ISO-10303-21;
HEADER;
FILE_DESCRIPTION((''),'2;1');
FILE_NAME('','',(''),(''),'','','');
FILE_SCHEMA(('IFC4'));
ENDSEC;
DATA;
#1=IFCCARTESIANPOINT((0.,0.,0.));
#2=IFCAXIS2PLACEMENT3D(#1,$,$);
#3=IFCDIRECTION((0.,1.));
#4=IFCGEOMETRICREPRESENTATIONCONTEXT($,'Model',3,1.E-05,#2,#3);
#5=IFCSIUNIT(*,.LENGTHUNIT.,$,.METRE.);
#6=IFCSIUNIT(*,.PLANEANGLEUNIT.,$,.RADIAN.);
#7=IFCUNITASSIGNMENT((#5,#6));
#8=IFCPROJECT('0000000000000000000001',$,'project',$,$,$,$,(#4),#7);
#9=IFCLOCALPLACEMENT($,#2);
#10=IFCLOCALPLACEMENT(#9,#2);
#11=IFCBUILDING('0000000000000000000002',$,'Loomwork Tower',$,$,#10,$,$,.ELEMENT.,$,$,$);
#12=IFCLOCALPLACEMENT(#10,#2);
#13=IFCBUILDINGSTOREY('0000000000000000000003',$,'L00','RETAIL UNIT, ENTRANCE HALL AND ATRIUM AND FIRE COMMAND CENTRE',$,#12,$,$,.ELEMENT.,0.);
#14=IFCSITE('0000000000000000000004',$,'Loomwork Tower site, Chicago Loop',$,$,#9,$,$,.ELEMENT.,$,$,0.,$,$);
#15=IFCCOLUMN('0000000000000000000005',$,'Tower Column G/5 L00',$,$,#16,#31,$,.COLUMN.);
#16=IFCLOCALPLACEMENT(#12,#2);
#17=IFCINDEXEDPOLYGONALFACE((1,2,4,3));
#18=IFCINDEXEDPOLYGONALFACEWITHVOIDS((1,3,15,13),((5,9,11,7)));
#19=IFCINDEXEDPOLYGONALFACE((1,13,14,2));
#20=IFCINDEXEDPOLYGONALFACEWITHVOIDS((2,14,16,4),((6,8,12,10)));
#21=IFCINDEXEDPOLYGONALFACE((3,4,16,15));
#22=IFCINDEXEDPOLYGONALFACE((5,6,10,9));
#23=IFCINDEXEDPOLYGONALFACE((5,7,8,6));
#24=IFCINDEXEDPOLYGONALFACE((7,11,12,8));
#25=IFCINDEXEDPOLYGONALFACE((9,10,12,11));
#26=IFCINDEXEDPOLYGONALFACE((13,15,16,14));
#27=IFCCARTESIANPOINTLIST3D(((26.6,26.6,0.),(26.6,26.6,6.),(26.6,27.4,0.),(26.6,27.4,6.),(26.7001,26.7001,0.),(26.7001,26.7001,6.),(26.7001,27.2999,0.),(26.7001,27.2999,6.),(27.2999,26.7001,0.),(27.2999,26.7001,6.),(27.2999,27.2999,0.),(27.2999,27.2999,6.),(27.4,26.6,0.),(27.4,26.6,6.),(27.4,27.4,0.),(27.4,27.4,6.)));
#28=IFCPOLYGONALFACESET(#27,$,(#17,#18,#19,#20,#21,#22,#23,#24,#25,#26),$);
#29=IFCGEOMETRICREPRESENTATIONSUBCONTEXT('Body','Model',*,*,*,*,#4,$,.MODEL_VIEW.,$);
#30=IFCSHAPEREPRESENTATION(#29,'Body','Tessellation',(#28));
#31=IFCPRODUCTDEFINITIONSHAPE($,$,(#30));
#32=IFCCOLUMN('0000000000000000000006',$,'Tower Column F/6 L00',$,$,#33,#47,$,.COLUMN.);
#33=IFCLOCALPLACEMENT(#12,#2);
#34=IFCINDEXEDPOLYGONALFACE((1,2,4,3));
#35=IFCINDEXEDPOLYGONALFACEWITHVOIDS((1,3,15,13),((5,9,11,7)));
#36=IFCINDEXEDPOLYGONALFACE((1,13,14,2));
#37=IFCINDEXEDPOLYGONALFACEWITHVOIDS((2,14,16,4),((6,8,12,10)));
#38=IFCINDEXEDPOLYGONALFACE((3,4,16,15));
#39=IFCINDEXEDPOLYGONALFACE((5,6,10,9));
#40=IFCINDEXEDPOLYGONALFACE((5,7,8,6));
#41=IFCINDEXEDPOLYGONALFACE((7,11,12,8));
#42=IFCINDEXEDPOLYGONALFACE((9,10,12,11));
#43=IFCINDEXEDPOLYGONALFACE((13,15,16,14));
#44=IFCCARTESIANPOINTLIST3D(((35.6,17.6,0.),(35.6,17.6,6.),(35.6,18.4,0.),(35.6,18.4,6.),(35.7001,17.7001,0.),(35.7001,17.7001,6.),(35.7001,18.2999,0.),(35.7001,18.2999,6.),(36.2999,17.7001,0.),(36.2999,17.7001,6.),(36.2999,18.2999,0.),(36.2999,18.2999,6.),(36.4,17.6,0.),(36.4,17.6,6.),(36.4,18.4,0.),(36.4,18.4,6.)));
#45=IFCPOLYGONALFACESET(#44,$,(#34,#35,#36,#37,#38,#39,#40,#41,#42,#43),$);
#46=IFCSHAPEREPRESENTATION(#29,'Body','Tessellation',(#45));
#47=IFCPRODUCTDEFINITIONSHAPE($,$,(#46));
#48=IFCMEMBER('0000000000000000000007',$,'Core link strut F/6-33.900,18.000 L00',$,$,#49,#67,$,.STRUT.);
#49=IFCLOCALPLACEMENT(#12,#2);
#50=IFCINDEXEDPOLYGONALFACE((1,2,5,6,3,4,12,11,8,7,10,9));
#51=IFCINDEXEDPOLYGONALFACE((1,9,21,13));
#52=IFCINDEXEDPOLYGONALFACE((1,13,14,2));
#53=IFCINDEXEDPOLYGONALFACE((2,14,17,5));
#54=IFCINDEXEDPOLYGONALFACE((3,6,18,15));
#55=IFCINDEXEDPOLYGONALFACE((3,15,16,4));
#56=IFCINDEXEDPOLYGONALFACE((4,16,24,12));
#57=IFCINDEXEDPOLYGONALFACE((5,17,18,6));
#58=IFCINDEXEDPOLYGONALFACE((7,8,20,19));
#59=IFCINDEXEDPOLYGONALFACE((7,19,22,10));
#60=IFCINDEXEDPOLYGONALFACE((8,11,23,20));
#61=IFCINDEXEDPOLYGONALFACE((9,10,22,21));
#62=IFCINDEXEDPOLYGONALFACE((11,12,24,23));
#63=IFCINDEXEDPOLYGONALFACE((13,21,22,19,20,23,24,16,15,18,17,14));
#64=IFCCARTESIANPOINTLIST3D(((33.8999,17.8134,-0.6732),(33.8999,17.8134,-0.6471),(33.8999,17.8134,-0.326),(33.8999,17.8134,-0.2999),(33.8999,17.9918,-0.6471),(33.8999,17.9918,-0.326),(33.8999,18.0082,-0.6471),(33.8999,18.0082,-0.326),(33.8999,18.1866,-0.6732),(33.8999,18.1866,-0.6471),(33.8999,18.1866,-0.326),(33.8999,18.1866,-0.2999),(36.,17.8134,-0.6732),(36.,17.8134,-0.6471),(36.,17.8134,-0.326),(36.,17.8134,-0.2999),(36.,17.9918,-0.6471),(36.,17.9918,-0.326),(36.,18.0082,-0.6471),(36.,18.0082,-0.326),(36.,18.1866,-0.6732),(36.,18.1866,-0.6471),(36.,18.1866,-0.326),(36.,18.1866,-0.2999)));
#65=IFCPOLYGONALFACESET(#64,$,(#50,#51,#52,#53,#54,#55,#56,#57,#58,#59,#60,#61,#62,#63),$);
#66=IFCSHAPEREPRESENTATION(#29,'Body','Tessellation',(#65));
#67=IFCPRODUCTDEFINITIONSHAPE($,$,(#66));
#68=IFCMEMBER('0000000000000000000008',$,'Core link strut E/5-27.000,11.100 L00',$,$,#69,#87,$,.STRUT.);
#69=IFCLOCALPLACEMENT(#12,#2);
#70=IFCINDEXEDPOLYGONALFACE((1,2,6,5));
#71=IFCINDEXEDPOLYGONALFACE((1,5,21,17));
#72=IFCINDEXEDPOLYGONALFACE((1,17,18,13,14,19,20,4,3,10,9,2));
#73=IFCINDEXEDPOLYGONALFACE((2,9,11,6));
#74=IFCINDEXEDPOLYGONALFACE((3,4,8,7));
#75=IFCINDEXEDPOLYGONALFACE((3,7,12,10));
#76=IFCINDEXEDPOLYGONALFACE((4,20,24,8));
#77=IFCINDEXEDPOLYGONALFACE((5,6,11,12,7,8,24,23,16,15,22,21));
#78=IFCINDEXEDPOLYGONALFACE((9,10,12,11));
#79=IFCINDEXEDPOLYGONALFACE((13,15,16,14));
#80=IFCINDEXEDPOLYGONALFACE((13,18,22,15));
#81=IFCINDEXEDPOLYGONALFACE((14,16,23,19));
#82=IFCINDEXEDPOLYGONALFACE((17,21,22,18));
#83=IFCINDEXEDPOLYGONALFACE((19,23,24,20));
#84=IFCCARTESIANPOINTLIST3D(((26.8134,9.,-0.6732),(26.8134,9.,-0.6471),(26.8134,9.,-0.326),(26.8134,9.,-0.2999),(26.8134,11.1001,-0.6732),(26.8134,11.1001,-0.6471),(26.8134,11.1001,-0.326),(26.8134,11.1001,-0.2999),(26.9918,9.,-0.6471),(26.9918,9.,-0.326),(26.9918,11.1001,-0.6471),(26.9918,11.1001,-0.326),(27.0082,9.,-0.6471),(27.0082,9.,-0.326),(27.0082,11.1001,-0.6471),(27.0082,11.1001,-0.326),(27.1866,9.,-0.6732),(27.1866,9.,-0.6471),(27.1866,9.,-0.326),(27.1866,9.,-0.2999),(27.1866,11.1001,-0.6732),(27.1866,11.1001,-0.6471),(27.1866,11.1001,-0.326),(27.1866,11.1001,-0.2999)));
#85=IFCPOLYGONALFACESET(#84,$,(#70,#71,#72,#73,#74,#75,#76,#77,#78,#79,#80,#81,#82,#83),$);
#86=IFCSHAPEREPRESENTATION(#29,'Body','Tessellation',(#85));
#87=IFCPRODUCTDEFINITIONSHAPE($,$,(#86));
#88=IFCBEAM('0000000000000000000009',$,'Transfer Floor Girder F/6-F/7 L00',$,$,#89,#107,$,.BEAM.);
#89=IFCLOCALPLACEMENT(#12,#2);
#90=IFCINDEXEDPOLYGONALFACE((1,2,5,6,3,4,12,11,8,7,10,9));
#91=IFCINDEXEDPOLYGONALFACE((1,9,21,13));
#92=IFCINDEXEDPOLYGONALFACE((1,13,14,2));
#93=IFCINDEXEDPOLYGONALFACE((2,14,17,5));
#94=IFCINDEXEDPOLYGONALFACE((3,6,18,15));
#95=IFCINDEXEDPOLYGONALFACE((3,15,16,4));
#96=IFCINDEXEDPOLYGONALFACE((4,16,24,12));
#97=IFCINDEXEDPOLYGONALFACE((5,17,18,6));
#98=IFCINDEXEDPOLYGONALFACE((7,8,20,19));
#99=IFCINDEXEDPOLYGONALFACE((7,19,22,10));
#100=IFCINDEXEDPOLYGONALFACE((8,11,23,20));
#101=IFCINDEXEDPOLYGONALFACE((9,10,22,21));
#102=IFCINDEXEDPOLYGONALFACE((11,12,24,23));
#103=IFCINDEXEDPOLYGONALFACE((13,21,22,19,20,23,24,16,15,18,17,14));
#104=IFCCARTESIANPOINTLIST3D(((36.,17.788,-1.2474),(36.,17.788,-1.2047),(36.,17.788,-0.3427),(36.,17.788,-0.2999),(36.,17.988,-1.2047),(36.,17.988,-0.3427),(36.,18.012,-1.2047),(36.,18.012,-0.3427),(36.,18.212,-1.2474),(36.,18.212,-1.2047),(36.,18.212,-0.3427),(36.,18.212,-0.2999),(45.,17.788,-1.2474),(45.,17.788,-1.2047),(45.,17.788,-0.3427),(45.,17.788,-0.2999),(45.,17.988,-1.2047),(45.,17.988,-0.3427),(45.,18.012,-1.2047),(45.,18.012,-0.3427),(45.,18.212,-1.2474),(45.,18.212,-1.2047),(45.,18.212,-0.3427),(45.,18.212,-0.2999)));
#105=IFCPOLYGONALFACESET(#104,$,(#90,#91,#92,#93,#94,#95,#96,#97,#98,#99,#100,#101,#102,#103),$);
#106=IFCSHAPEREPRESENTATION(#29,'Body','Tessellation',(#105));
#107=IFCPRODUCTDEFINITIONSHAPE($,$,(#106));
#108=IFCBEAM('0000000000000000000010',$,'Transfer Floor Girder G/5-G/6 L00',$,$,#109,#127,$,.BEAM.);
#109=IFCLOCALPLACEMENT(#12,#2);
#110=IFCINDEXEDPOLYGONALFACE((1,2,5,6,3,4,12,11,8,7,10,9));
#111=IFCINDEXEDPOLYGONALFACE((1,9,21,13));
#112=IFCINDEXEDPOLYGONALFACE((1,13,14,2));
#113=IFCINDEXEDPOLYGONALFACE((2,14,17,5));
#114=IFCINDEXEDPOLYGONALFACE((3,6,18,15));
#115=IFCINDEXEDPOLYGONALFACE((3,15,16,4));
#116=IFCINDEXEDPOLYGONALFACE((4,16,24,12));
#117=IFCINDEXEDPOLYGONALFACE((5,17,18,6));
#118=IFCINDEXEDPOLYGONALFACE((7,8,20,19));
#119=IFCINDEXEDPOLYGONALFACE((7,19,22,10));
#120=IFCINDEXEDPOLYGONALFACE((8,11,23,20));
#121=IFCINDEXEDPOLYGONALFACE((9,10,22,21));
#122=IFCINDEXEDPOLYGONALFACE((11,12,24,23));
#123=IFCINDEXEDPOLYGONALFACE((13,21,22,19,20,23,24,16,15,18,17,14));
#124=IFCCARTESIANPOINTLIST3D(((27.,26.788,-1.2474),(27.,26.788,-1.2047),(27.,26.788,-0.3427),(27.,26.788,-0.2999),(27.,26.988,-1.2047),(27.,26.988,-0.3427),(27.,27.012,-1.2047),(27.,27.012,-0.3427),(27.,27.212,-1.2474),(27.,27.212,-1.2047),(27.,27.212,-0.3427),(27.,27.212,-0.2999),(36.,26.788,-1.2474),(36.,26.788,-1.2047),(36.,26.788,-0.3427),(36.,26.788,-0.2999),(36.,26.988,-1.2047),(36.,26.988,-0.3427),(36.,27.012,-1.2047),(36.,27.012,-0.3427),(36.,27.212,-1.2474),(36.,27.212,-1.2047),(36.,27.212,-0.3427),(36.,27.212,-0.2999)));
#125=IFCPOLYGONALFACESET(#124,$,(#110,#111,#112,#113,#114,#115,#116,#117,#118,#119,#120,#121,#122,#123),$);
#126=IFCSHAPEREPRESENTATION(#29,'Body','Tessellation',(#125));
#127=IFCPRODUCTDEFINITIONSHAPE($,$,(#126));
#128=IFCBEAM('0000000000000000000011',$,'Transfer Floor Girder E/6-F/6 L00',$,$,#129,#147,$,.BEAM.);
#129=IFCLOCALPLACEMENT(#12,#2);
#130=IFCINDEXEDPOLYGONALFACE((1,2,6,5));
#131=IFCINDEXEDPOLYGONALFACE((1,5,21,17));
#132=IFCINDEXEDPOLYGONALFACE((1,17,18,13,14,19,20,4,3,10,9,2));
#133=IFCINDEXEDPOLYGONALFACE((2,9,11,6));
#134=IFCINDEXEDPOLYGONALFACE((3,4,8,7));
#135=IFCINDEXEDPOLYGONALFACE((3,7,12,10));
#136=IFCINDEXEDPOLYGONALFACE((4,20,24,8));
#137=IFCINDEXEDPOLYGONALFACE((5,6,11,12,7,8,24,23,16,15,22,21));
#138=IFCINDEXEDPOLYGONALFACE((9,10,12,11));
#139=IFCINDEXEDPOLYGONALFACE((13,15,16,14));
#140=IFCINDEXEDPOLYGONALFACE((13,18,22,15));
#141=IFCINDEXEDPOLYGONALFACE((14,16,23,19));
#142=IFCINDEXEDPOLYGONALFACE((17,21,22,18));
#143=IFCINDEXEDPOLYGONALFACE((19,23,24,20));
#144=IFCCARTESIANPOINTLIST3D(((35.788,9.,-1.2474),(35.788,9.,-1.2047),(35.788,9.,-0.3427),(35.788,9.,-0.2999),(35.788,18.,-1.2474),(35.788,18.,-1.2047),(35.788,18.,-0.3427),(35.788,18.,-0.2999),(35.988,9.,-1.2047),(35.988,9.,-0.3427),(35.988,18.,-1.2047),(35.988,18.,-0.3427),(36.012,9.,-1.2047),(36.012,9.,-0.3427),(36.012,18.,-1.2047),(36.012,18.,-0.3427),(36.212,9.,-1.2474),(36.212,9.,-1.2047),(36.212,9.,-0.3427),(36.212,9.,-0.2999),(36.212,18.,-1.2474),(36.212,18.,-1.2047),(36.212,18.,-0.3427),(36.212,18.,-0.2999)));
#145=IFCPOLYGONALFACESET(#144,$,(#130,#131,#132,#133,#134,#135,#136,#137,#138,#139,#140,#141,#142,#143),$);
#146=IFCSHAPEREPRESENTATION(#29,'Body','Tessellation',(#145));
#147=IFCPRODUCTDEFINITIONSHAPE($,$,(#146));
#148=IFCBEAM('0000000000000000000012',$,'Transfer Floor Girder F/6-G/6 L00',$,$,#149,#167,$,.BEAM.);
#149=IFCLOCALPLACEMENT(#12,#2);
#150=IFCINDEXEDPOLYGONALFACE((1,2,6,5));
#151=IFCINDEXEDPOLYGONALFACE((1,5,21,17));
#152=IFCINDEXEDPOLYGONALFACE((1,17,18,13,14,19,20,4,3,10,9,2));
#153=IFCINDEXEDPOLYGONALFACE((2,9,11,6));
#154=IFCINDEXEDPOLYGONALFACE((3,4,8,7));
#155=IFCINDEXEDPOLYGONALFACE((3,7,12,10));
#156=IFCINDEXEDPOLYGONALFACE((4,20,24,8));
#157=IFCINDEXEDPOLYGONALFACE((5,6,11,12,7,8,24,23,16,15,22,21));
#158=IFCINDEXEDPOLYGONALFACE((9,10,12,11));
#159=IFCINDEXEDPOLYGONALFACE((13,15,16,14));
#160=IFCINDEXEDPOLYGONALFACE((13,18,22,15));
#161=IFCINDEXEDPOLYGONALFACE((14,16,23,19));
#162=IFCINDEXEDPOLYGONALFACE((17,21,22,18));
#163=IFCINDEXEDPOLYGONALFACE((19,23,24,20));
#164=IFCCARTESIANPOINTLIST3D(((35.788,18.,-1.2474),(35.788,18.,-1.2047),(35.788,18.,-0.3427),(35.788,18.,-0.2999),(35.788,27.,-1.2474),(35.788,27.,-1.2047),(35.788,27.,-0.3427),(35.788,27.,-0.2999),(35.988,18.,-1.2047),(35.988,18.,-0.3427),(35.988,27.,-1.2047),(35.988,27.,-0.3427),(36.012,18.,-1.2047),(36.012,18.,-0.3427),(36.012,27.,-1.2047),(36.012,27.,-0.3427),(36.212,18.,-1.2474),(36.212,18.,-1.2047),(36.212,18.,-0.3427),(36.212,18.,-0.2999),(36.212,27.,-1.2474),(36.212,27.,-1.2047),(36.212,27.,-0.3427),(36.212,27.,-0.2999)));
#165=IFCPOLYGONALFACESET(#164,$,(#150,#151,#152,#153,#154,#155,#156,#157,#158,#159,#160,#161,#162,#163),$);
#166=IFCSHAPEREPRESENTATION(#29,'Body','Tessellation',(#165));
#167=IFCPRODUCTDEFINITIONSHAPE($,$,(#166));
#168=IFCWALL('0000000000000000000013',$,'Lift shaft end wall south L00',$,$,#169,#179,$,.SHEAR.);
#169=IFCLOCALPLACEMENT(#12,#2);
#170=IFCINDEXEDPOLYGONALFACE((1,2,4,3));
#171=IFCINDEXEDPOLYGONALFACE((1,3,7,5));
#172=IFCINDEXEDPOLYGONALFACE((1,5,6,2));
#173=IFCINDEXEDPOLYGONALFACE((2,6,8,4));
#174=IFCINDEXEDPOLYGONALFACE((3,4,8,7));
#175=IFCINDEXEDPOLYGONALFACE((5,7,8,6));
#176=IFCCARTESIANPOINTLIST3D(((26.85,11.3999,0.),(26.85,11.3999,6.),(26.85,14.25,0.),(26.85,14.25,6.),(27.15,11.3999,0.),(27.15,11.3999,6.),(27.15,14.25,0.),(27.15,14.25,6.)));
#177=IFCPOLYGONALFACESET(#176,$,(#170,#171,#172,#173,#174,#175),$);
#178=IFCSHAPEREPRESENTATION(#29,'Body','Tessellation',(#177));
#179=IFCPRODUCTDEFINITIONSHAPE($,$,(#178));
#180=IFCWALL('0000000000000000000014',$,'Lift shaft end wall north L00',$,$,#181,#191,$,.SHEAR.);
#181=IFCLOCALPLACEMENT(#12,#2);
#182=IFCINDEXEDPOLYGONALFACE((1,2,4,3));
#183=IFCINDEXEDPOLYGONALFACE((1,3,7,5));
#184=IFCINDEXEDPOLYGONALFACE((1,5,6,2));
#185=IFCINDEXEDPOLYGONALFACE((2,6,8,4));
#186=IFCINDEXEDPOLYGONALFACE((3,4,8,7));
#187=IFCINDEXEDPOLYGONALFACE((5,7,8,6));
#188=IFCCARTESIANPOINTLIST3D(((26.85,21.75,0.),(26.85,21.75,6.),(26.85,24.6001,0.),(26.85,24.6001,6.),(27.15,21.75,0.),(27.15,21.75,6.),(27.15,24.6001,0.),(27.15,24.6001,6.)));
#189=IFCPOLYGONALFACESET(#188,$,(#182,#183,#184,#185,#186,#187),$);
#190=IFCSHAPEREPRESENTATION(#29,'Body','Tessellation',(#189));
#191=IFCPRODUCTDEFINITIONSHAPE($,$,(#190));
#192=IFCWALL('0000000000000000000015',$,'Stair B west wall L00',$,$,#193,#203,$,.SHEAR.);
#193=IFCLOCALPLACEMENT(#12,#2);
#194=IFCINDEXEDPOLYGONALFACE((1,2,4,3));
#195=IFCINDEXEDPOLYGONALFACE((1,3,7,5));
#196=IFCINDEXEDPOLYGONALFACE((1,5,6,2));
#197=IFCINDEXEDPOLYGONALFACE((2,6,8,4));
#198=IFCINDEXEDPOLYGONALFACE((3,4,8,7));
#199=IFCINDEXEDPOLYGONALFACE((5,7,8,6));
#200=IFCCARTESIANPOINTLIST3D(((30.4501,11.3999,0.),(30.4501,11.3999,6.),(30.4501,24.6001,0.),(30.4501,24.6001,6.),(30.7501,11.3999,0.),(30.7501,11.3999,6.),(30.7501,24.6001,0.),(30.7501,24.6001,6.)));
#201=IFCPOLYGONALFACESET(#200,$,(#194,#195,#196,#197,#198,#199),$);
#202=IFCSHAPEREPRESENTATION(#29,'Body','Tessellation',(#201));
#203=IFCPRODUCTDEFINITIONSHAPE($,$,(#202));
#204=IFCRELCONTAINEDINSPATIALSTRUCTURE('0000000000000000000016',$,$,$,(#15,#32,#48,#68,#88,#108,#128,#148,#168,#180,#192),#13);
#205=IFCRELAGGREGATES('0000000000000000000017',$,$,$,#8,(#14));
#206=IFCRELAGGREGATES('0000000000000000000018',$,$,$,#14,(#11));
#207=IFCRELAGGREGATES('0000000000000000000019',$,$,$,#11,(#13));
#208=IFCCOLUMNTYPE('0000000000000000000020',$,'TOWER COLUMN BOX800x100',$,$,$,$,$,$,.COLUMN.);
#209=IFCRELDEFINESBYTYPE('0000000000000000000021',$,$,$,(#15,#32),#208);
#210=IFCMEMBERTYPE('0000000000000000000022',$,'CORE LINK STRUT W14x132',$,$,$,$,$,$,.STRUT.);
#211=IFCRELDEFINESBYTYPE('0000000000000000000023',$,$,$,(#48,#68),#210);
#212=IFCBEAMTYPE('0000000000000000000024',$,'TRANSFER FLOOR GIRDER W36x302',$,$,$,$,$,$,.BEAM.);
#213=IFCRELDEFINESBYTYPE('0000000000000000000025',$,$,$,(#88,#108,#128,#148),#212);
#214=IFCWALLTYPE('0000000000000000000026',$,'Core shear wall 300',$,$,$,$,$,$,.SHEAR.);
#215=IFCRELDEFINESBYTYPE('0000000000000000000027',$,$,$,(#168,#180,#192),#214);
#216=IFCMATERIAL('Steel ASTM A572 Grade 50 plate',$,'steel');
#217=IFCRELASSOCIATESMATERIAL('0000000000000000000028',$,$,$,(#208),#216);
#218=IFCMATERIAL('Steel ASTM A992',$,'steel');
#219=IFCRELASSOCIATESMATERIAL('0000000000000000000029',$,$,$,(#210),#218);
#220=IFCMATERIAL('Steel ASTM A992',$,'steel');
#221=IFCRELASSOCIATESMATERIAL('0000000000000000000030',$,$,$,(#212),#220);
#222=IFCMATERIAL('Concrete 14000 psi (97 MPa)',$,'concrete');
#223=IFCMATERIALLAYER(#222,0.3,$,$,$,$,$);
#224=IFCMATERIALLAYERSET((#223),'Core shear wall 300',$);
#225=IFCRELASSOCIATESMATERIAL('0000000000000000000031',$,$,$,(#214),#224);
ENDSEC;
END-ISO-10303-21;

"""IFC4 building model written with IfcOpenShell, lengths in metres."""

from ifc_helpers import new_model, si_unit, direction, frame, frame_2d, origin, origin_2d, place, context, subcontext, project, spatial, rectangle, hollow_rectangle, i_section, extrude, material, layer, layer_set, material_profile, profile_set, type_object, element, save


model = new_model("IFC4")

# Units and contexts
model_context = context("Model", 3, precision=1e-05, world=origin(), true_north=direction((0.0, 1.0)))
body_context = subcontext(model_context, "Body", "Model", "MODEL_VIEW")
ifc_project = project(units=[si_unit("LENGTHUNIT", "METRE"), si_unit("PLANEANGLEUNIT", "RADIAN")], contexts=[model_context])

# Site, building, storey
site_placement = place(None, origin())
site = spatial("IfcSite", under=ifc_project, at=site_placement, Name="Loomwork Tower site, Chicago Loop", CompositionType="ELEMENT", RefElevation=0.0)
building_placement = place(site_placement, origin())
building = spatial("IfcBuilding", under=site, at=building_placement, Name="Loomwork Tower", CompositionType="ELEMENT")
storey_placement = place(building_placement, origin())
storey = spatial("IfcBuildingStorey", under=building, at=storey_placement, Name="L00", Description="RETAIL UNIT, ENTRANCE HALL AND ATRIUM AND FIRE COMMAND CENTRE", CompositionType="ELEMENT", Elevation=0.0)

# Columns
ifc_material_1 = material(Name="Steel ASTM A572 Grade 50 plate", Category="steel")
ifc_material_profile_1 = material_profile(ifc_material_1, hollow_rectangle(XDim=0.8, YDim=0.8, WallThickness=0.1001, at=origin_2d()), Name="BOX800x100")
ifc_profile_set_1 = profile_set([ifc_material_profile_1], Name="Steel ASTM A572 Grade 50 plate")
column_type = type_object("IfcColumnType", Name="TOWER COLUMN BOX800x100", PredefinedType="COLUMN", material=ifc_profile_set_1)
for number, where, z_axis, x_axis, name in (
    (1, (27.0, 27.0, 0.0), (0.0, 0.0, 1.0), (1.0, 0.0, 0.0), "Tower Column G/5 L00"),
    (2, (36.0, 18.0, 0.0), (0.0, 0.0, 1.0), (0.0, 1.0, 0.0), "Tower Column F/6 L00"),
):
    element("IfcColumn", number, at=place(storey_placement, frame(where, z_axis=z_axis, x_axis=x_axis)), inside=storey, type_object=column_type, Name=name, PredefinedType="COLUMN", context=body_context, shape_type="SweptSolid", body=[
        extrude(hollow_rectangle(XDim=0.8, YDim=0.8, WallThickness=0.1001, at=origin_2d()), origin(), (0.0, 0.0, 1.0), 6.0),
    ])

# Members
ifc_material_2 = material(Name="Steel ASTM A992", Category="steel")
ifc_material_profile_2 = material_profile(ifc_material_2, i_section(OverallWidth=0.3733, OverallDepth=0.3733, WebThickness=0.0164, FlangeThickness=0.0261, at=origin_2d()), Name="W14x132")
ifc_profile_set_2 = profile_set([ifc_material_profile_2], Name="Steel ASTM A992")
member_type = type_object("IfcMemberType", Name="CORE LINK STRUT W14x132", PredefinedType="STRUT", material=ifc_profile_set_2)
for number, where, z_axis, x_axis, name in (
    (3, (36.0, 18.0, -0.4866), (-1.0, 0.0, 0.0), (0.0, -1.0, 0.0), "Core link strut F/6-33.900,18.000 L00"),
    (4, (27.0, 9.0, -0.4866), (0.0, 1.0, 0.0), (-1.0, 0.0, 0.0), "Core link strut E/5-27.000,11.100 L00"),
):
    element("IfcMember", number, at=place(storey_placement, frame(where, z_axis=z_axis, x_axis=x_axis)), inside=storey, type_object=member_type, Name=name, PredefinedType="STRUT", context=body_context, shape_type="SweptSolid", body=[
        extrude(i_section(OverallWidth=0.3733, OverallDepth=0.3733, WebThickness=0.0164, FlangeThickness=0.0261, at=origin_2d()), origin(), (0.0, 0.0, 1.0), 2.1001),
    ])

# Beams
ifc_material_3 = material(Name="Steel ASTM A992", Category="steel")
ifc_material_profile_3 = material_profile(ifc_material_3, i_section(OverallWidth=0.4241, OverallDepth=0.9475, WebThickness=0.0239, FlangeThickness=0.0427, at=origin_2d()), Name="W36x302")
ifc_profile_set_3 = profile_set([ifc_material_profile_3], Name="Steel ASTM A992")
beam_type = type_object("IfcBeamType", Name="TRANSFER FLOOR GIRDER W36x302", PredefinedType="BEAM", material=ifc_profile_set_3)
for number, where, z_axis, x_axis, name in (
    (5, (36.0, 18.0, -0.7737), (1.0, 0.0, 0.0), (0.0, 1.0, 0.0), "Transfer Floor Girder F/6-F/7 L00"),
    (6, (27.0, 27.0, -0.7737), (1.0, 0.0, 0.0), (0.0, 1.0, 0.0), "Transfer Floor Girder G/5-G/6 L00"),
    (7, (36.0, 9.0, -0.7737), (0.0, 1.0, 0.0), (-1.0, 0.0, 0.0), "Transfer Floor Girder E/6-F/6 L00"),
    (8, (36.0, 18.0, -0.7737), (0.0, 1.0, 0.0), (-1.0, 0.0, 0.0), "Transfer Floor Girder F/6-G/6 L00"),
):
    element("IfcBeam", number, at=place(storey_placement, frame(where, z_axis=z_axis, x_axis=x_axis)), inside=storey, type_object=beam_type, Name=name, PredefinedType="BEAM", context=body_context, shape_type="SweptSolid", body=[
        extrude(i_section(OverallWidth=0.4241, OverallDepth=0.9475, WebThickness=0.0239, FlangeThickness=0.0427, at=origin_2d()), origin(), (0.0, 0.0, 1.0), 9.0),
    ])

# Walls
ifc_material_4 = material(Name="Concrete 14000 psi (97 MPa)", Category="concrete")
ifc_layer_1 = layer(ifc_material_4, 0.3)
ifc_layer_set_1 = layer_set([ifc_layer_1], Name="Core shear wall 300")
wall_type_1 = type_object("IfcWallType", Name="Core shear wall 300", PredefinedType="SHEAR", material=ifc_layer_set_1)
for number, where, z_axis, x_axis, name in (
    (9, (27.0, 11.3999, 0.0), (0.0, 0.0, 1.0), (0.0, 1.0, 0.0), "Lift shaft end wall south L00"),
    (10, (27.0, 21.75, 0.0), (0.0, 0.0, 1.0), (0.0, 1.0, 0.0), "Lift shaft end wall north L00"),
):
    element("IfcWall", number, at=place(storey_placement, frame(where, z_axis=z_axis, x_axis=x_axis)), inside=storey, type_object=wall_type_1, Name=name, PredefinedType="SHEAR", context=body_context, shape_type="SweptSolid", body=[
        extrude(rectangle(XDim=2.8501, YDim=0.3, at=frame_2d((1.425, 0.0))), origin(), (0.0, 0.0, 1.0), 6.0),
    ])
wall_1_placement = place(storey_placement, frame((30.6001, 11.3999, 0.0), z_axis=(0.0, 0.0, 1.0), x_axis=(0.0, 1.0, 0.0)))
element("IfcWall", 11, at=wall_1_placement, inside=storey, type_object=wall_type_1, Name="Stair B west wall L00", PredefinedType="SHEAR", context=body_context, shape_type="SweptSolid", body=[
    extrude(rectangle(XDim=13.2002, YDim=0.3, at=frame_2d((6.6001, 0.0))), origin(), (0.0, 0.0, 1.0), 6.0),
])

save(model, "model.ifc")
